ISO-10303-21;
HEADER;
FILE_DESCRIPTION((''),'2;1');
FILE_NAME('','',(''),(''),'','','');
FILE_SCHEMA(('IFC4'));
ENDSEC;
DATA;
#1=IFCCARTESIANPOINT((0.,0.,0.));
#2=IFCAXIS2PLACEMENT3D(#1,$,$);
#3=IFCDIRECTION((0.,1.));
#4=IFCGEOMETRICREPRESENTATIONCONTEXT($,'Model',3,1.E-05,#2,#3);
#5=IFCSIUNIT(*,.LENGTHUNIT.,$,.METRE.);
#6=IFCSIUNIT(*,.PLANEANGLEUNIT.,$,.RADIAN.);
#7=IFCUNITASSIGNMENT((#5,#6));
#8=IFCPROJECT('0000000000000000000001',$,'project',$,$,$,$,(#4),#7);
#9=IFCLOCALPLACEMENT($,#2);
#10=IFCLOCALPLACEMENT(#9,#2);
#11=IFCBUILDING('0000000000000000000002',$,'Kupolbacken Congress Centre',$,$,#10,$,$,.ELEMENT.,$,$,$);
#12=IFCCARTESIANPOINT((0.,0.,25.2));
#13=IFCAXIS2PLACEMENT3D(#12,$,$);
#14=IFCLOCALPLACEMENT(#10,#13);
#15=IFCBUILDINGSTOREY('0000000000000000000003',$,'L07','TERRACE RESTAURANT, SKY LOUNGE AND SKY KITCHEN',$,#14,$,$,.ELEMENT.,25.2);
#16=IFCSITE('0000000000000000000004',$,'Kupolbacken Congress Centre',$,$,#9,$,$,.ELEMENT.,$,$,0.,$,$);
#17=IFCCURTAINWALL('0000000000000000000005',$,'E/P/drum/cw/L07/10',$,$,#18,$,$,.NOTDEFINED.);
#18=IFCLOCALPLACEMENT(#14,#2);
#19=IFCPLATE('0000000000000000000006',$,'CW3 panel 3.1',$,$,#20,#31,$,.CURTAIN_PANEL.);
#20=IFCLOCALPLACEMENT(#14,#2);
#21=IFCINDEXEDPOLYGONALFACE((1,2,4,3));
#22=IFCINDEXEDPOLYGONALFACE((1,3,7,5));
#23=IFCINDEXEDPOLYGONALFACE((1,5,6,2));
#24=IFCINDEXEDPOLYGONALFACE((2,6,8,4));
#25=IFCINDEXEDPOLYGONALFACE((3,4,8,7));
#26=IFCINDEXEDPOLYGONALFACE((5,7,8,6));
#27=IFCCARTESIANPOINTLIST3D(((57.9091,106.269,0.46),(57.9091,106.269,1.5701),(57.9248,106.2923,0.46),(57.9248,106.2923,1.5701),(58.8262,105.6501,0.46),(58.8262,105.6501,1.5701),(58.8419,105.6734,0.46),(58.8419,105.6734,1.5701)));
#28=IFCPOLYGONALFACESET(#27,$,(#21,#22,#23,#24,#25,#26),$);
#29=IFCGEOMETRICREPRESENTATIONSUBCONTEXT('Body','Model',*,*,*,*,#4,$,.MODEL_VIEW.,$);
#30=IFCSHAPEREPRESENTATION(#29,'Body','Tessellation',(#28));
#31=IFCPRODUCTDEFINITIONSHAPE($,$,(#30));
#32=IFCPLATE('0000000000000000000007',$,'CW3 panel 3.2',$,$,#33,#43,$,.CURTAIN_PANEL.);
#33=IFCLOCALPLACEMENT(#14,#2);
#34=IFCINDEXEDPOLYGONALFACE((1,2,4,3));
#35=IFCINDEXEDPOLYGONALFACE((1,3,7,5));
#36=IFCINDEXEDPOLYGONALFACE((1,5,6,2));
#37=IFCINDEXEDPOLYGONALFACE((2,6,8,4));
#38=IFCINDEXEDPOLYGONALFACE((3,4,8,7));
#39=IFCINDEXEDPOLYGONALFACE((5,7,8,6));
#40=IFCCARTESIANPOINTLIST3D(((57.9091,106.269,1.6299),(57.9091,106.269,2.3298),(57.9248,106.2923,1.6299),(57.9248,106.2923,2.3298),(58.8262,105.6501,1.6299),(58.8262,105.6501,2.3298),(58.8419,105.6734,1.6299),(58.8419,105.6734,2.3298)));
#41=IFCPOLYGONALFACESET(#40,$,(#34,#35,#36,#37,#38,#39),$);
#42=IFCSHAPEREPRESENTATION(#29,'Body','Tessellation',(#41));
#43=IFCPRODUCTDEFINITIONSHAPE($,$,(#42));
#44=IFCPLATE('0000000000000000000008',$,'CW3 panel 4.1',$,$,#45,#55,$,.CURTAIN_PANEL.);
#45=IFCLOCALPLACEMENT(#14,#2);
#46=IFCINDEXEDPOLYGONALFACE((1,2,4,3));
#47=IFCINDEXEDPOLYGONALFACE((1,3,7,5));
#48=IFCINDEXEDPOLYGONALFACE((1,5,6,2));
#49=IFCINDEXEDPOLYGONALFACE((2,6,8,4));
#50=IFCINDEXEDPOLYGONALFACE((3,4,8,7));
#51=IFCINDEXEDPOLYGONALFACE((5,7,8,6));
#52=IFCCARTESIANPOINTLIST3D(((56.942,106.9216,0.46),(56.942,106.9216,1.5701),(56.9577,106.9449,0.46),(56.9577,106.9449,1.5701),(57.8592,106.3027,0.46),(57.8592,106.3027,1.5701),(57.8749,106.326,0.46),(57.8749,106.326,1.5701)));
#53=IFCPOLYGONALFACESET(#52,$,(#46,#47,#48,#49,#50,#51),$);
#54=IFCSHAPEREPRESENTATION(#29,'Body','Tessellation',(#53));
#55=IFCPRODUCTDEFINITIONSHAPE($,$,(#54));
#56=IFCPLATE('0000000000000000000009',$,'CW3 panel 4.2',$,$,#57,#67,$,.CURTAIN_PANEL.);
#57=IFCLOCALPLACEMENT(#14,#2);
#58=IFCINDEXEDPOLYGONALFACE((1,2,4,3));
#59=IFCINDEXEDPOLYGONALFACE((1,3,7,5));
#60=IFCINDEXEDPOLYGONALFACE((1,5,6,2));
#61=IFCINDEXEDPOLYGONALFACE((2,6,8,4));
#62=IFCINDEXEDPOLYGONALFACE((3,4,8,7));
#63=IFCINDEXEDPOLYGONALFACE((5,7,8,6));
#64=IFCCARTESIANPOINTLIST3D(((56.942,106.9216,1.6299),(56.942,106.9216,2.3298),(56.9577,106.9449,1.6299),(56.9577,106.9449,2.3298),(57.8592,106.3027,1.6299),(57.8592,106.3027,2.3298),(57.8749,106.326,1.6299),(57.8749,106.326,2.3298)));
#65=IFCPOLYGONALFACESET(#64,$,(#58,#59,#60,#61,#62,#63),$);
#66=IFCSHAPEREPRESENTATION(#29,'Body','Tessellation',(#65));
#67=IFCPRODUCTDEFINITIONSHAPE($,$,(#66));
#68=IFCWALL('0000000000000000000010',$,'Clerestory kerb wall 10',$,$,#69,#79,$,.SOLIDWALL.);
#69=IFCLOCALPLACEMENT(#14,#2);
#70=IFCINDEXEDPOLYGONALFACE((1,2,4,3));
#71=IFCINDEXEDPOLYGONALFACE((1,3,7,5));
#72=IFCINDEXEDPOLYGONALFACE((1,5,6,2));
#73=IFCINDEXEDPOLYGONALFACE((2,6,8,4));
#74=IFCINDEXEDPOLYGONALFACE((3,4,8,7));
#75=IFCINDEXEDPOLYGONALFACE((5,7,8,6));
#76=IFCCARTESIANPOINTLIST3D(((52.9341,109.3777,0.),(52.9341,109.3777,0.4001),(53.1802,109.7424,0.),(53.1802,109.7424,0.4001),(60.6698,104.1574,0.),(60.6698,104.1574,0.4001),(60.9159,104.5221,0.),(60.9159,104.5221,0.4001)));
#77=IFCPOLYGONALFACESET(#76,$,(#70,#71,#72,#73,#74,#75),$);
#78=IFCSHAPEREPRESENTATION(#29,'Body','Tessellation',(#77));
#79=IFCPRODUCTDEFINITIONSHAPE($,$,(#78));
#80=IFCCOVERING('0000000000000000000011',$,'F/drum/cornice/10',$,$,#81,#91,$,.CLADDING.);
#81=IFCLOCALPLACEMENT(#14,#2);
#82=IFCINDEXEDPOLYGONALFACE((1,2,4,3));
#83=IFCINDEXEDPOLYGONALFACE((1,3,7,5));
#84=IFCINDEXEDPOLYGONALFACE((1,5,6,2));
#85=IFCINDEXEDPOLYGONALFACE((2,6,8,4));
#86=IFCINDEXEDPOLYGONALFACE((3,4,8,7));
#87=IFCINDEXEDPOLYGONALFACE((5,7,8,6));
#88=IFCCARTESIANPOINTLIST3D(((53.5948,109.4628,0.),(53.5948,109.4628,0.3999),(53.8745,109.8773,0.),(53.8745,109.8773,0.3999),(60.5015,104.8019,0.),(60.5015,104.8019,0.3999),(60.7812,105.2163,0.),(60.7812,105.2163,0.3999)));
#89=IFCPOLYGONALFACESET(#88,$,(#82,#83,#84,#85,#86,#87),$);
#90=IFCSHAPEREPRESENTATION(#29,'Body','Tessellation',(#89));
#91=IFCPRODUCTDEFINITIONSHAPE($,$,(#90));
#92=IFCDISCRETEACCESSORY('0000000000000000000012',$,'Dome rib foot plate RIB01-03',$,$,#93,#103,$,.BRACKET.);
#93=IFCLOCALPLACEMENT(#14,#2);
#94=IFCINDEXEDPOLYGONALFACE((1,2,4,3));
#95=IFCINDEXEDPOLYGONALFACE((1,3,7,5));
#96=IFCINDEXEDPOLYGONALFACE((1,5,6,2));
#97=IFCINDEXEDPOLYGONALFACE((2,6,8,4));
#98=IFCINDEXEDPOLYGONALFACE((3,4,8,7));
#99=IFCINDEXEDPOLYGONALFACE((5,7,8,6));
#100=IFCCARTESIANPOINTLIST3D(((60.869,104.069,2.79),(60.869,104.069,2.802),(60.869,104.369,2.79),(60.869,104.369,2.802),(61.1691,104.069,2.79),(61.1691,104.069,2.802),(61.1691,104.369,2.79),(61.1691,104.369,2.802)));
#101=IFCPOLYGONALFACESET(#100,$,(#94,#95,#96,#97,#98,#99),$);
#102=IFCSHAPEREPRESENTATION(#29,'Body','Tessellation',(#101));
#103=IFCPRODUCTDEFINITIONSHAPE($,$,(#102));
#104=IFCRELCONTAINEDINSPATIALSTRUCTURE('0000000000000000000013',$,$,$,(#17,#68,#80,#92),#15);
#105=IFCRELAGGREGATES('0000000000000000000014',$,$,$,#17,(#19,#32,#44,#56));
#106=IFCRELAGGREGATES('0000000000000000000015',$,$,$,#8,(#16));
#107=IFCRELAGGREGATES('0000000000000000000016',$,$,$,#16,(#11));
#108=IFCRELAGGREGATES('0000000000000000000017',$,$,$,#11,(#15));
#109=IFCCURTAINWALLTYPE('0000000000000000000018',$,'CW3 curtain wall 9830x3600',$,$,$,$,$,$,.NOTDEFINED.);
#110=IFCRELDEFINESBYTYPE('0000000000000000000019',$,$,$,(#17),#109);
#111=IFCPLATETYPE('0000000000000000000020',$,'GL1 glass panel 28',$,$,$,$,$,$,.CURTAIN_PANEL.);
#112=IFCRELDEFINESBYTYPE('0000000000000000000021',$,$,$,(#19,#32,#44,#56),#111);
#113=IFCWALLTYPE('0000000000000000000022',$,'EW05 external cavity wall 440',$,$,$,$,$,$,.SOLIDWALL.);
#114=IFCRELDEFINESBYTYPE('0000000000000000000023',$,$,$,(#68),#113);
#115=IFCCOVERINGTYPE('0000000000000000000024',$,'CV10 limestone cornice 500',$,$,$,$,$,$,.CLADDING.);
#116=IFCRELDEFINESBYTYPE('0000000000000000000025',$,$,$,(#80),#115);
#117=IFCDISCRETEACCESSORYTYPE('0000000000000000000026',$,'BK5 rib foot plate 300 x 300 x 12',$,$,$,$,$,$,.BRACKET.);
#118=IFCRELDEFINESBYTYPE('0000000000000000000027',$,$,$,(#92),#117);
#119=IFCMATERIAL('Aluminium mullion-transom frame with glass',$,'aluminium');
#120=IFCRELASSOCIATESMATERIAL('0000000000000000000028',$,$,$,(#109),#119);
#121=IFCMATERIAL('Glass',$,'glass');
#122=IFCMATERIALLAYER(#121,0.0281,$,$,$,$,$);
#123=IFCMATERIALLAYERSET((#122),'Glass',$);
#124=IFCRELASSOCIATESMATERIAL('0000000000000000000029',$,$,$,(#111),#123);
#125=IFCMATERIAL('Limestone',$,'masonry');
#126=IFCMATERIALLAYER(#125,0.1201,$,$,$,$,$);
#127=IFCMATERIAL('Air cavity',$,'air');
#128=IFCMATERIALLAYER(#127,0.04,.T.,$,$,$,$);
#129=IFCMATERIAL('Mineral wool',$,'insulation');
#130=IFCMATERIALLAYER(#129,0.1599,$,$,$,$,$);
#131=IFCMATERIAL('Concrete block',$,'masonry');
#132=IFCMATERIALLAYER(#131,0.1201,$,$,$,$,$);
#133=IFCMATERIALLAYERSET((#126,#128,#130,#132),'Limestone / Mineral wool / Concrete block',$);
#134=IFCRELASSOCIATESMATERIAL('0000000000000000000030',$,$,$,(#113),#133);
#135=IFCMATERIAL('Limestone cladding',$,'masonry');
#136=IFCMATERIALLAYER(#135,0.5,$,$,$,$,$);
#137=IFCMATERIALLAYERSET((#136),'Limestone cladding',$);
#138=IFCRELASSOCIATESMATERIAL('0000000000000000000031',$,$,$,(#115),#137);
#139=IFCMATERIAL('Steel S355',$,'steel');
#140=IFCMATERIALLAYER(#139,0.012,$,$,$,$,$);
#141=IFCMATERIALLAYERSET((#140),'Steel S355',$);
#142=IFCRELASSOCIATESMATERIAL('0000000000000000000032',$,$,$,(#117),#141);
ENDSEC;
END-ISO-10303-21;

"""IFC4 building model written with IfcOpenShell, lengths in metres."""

from ifc_helpers import new_model, si_unit, direction, frame, frame_2d, origin, origin_2d, place, context, subcontext, project, spatial, rectangle, extrude, material, layer, layer_set, type_object, element, aggregate, save


model = new_model("IFC4")

# Units and contexts
model_context = context("Model", 3, precision=1e-05, world=origin(), true_north=direction((0.0, 1.0)))
body_context = subcontext(model_context, "Body", "Model", "MODEL_VIEW")
ifc_project = project(units=[si_unit("LENGTHUNIT", "METRE"), si_unit("PLANEANGLEUNIT", "RADIAN")], contexts=[model_context])

# Site, building, storey
site_placement = place(None, origin())
site = spatial("IfcSite", under=ifc_project, at=site_placement, Name="Kupolbacken Congress Centre", CompositionType="ELEMENT", RefElevation=0.0)
building_placement = place(site_placement, origin())
building = spatial("IfcBuilding", under=site, at=building_placement, Name="Kupolbacken Congress Centre", CompositionType="ELEMENT")
storey_placement = place(building_placement, frame((0.0, 0.0, 25.2)))
storey = spatial("IfcBuildingStorey", under=building, at=storey_placement, Name="L07", Description="TERRACE RESTAURANT, SKY LOUNGE AND SKY KITCHEN", CompositionType="ELEMENT", Elevation=25.2)

# Shared definitions
ifc_material_1 = material(Name="Aluminium mullion-transom frame with glass", Category="aluminium")
curtain_wall_type = type_object("IfcCurtainWallType", Name="CW3 curtain wall 9830x3600", PredefinedType="NOTDEFINED", material=ifc_material_1)

# Curtain wall
curtain_wall_1_placement = place(storey_placement, origin())
curtain_wall_1 = element("IfcCurtainWall", 1, at=curtain_wall_1_placement, inside=storey, type_object=curtain_wall_type, Name="E/P/drum/cw/L07/10", PredefinedType="NOTDEFINED")

# Plates
ifc_material_2 = material(Name="Glass", Category="glass")
ifc_layer_1 = layer(ifc_material_2, 0.0281)
ifc_layer_set_1 = layer_set([ifc_layer_1], Name="Glass")
plate_type = type_object("IfcPlateType", Name="GL1 glass panel 28", PredefinedType="CURTAIN_PANEL", material=ifc_layer_set_1)
plate_1_placement = place(storey_placement, frame((58.3755, 105.9712, 0.46), z_axis=(0.0, 0.0, 1.0), x_axis=(-0.828908, 0.559386, 0.0)))
plate_1 = element("IfcPlate", 2, at=plate_1_placement, type_object=plate_type, Name="CW3 panel 3.1", PredefinedType="CURTAIN_PANEL", context=body_context, shape_type="SweptSolid", body=[
    extrude(rectangle(XDim=1.1064, YDim=0.0281, at=origin_2d()), origin(), (0.0, 0.0, 1.0), 1.1101),
])
plate_2_placement = place(storey_placement, frame((58.3755, 105.9712, 1.6299), z_axis=(0.0, 0.0, 1.0), x_axis=(-0.828908, 0.559386, 0.0)))
plate_2 = element("IfcPlate", 3, at=plate_2_placement, type_object=plate_type, Name="CW3 panel 3.2", PredefinedType="CURTAIN_PANEL", context=body_context, shape_type="SweptSolid", body=[
    extrude(rectangle(XDim=1.1064, YDim=0.0281, at=origin_2d()), origin(), (0.0, 0.0, 1.0), 0.7),
])
plate_3_placement = place(storey_placement, frame((57.4084, 106.6238, 0.46), z_axis=(0.0, 0.0, 1.0), x_axis=(-0.828908, 0.559386, 0.0)))
plate_3 = element("IfcPlate", 4, at=plate_3_placement, type_object=plate_type, Name="CW3 panel 4.1", PredefinedType="CURTAIN_PANEL", context=body_context, shape_type="SweptSolid", body=[
    extrude(rectangle(XDim=1.1064, YDim=0.0281, at=origin_2d()), origin(), (0.0, 0.0, 1.0), 1.1101),
])
plate_4_placement = place(storey_placement, frame((57.4084, 106.6238, 1.6299), z_axis=(0.0, 0.0, 1.0), x_axis=(-0.828908, 0.559386, 0.0)))
plate_4 = element("IfcPlate", 5, at=plate_4_placement, type_object=plate_type, Name="CW3 panel 4.2", PredefinedType="CURTAIN_PANEL", context=body_context, shape_type="SweptSolid", body=[
    extrude(rectangle(XDim=1.1064, YDim=0.0281, at=origin_2d()), origin(), (0.0, 0.0, 1.0), 0.7),
])
aggregate(curtain_wall_1, [plate_1, plate_2, plate_3, plate_4])

# Wall
ifc_material_3 = material(Name="Limestone", Category="masonry")
ifc_layer_2 = layer(ifc_material_3, 0.1201)
ifc_material_4 = material(Name="Air cavity", Category="air")
ifc_layer_3 = layer(ifc_material_4, 0.04, ventilated=True)
ifc_material_5 = material(Name="Mineral wool", Category="insulation")
ifc_layer_4 = layer(ifc_material_5, 0.1599)
ifc_material_6 = material(Name="Concrete block", Category="masonry")
ifc_layer_5 = layer(ifc_material_6, 0.1201)
ifc_layer_set_2 = layer_set([ifc_layer_2, ifc_layer_3, ifc_layer_4, ifc_layer_5], Name="Limestone / Mineral wool / Concrete block")
wall_type = type_object("IfcWallType", Name="EW05 external cavity wall 440", PredefinedType="SOLIDWALL", material=ifc_layer_set_2)
wall_placement = place(storey_placement, frame((60.7927, 104.3398, 0.0), z_axis=(0.0, 0.0, 1.0), x_axis=(-0.828914, 0.559376, 0.0)))
element("IfcWall", 6, at=wall_placement, inside=storey, type_object=wall_type, Name="Clerestory kerb wall 10", PredefinedType="SOLIDWALL", context=body_context, shape_type="SweptSolid", body=[
    extrude(rectangle(XDim=9.3323, YDim=0.4399, at=frame_2d((4.666, 0.0))), origin(), (0.0, 0.0, 1.0), 0.4001),
])

# Covering
ifc_material_7 = material(Name="Limestone cladding", Category="masonry")
ifc_layer_6 = layer(ifc_material_7, 0.5)
ifc_layer_set_3 = layer_set([ifc_layer_6], Name="Limestone cladding")
covering_type = type_object("IfcCoveringType", Name="CV10 limestone cornice 500", PredefinedType="CLADDING", material=ifc_layer_set_3)
covering_placement = place(storey_placement, frame((57.188, 107.3396, 0.0), z_axis=(0.0, 0.0, 1.0), x_axis=(-0.828908, 0.559386, 0.0)))
element("IfcCovering", 7, at=covering_placement, inside=storey, type_object=covering_type, Name="F/drum/cornice/10", PredefinedType="CLADDING", context=body_context, shape_type="SweptSolid", body=[
    extrude(rectangle(XDim=8.3323, YDim=0.5, at=origin_2d()), origin(), (0.0, 0.0, 1.0), 0.3999),
])

# Discrete accessory
ifc_material_8 = material(Name="Steel S355", Category="steel")
ifc_layer_7 = layer(ifc_material_8, 0.012)
ifc_layer_set_4 = layer_set([ifc_layer_7], Name="Steel S355")
discrete_accessory_type = type_object("IfcDiscreteAccessoryType", Name="BK5 rib foot plate 300 x 300 x 12", PredefinedType="BRACKET", material=ifc_layer_set_4)
discrete_accessory_placement = place(storey_placement, frame((61.019, 104.219, 2.79), z_axis=(0.0, 0.0, 1.0), x_axis=(1.0, 0.0, 0.0)))
element("IfcDiscreteAccessory", 8, at=discrete_accessory_placement, inside=storey, type_object=discrete_accessory_type, Name="Dome rib foot plate RIB01-03", PredefinedType="BRACKET", context=body_context, shape_type="SweptSolid", body=[
    extrude(rectangle(XDim=0.3, YDim=0.3, at=origin_2d()), origin(), (0.0, 0.0, 1.0), 0.012),
])

save(model, "model.ifc")
